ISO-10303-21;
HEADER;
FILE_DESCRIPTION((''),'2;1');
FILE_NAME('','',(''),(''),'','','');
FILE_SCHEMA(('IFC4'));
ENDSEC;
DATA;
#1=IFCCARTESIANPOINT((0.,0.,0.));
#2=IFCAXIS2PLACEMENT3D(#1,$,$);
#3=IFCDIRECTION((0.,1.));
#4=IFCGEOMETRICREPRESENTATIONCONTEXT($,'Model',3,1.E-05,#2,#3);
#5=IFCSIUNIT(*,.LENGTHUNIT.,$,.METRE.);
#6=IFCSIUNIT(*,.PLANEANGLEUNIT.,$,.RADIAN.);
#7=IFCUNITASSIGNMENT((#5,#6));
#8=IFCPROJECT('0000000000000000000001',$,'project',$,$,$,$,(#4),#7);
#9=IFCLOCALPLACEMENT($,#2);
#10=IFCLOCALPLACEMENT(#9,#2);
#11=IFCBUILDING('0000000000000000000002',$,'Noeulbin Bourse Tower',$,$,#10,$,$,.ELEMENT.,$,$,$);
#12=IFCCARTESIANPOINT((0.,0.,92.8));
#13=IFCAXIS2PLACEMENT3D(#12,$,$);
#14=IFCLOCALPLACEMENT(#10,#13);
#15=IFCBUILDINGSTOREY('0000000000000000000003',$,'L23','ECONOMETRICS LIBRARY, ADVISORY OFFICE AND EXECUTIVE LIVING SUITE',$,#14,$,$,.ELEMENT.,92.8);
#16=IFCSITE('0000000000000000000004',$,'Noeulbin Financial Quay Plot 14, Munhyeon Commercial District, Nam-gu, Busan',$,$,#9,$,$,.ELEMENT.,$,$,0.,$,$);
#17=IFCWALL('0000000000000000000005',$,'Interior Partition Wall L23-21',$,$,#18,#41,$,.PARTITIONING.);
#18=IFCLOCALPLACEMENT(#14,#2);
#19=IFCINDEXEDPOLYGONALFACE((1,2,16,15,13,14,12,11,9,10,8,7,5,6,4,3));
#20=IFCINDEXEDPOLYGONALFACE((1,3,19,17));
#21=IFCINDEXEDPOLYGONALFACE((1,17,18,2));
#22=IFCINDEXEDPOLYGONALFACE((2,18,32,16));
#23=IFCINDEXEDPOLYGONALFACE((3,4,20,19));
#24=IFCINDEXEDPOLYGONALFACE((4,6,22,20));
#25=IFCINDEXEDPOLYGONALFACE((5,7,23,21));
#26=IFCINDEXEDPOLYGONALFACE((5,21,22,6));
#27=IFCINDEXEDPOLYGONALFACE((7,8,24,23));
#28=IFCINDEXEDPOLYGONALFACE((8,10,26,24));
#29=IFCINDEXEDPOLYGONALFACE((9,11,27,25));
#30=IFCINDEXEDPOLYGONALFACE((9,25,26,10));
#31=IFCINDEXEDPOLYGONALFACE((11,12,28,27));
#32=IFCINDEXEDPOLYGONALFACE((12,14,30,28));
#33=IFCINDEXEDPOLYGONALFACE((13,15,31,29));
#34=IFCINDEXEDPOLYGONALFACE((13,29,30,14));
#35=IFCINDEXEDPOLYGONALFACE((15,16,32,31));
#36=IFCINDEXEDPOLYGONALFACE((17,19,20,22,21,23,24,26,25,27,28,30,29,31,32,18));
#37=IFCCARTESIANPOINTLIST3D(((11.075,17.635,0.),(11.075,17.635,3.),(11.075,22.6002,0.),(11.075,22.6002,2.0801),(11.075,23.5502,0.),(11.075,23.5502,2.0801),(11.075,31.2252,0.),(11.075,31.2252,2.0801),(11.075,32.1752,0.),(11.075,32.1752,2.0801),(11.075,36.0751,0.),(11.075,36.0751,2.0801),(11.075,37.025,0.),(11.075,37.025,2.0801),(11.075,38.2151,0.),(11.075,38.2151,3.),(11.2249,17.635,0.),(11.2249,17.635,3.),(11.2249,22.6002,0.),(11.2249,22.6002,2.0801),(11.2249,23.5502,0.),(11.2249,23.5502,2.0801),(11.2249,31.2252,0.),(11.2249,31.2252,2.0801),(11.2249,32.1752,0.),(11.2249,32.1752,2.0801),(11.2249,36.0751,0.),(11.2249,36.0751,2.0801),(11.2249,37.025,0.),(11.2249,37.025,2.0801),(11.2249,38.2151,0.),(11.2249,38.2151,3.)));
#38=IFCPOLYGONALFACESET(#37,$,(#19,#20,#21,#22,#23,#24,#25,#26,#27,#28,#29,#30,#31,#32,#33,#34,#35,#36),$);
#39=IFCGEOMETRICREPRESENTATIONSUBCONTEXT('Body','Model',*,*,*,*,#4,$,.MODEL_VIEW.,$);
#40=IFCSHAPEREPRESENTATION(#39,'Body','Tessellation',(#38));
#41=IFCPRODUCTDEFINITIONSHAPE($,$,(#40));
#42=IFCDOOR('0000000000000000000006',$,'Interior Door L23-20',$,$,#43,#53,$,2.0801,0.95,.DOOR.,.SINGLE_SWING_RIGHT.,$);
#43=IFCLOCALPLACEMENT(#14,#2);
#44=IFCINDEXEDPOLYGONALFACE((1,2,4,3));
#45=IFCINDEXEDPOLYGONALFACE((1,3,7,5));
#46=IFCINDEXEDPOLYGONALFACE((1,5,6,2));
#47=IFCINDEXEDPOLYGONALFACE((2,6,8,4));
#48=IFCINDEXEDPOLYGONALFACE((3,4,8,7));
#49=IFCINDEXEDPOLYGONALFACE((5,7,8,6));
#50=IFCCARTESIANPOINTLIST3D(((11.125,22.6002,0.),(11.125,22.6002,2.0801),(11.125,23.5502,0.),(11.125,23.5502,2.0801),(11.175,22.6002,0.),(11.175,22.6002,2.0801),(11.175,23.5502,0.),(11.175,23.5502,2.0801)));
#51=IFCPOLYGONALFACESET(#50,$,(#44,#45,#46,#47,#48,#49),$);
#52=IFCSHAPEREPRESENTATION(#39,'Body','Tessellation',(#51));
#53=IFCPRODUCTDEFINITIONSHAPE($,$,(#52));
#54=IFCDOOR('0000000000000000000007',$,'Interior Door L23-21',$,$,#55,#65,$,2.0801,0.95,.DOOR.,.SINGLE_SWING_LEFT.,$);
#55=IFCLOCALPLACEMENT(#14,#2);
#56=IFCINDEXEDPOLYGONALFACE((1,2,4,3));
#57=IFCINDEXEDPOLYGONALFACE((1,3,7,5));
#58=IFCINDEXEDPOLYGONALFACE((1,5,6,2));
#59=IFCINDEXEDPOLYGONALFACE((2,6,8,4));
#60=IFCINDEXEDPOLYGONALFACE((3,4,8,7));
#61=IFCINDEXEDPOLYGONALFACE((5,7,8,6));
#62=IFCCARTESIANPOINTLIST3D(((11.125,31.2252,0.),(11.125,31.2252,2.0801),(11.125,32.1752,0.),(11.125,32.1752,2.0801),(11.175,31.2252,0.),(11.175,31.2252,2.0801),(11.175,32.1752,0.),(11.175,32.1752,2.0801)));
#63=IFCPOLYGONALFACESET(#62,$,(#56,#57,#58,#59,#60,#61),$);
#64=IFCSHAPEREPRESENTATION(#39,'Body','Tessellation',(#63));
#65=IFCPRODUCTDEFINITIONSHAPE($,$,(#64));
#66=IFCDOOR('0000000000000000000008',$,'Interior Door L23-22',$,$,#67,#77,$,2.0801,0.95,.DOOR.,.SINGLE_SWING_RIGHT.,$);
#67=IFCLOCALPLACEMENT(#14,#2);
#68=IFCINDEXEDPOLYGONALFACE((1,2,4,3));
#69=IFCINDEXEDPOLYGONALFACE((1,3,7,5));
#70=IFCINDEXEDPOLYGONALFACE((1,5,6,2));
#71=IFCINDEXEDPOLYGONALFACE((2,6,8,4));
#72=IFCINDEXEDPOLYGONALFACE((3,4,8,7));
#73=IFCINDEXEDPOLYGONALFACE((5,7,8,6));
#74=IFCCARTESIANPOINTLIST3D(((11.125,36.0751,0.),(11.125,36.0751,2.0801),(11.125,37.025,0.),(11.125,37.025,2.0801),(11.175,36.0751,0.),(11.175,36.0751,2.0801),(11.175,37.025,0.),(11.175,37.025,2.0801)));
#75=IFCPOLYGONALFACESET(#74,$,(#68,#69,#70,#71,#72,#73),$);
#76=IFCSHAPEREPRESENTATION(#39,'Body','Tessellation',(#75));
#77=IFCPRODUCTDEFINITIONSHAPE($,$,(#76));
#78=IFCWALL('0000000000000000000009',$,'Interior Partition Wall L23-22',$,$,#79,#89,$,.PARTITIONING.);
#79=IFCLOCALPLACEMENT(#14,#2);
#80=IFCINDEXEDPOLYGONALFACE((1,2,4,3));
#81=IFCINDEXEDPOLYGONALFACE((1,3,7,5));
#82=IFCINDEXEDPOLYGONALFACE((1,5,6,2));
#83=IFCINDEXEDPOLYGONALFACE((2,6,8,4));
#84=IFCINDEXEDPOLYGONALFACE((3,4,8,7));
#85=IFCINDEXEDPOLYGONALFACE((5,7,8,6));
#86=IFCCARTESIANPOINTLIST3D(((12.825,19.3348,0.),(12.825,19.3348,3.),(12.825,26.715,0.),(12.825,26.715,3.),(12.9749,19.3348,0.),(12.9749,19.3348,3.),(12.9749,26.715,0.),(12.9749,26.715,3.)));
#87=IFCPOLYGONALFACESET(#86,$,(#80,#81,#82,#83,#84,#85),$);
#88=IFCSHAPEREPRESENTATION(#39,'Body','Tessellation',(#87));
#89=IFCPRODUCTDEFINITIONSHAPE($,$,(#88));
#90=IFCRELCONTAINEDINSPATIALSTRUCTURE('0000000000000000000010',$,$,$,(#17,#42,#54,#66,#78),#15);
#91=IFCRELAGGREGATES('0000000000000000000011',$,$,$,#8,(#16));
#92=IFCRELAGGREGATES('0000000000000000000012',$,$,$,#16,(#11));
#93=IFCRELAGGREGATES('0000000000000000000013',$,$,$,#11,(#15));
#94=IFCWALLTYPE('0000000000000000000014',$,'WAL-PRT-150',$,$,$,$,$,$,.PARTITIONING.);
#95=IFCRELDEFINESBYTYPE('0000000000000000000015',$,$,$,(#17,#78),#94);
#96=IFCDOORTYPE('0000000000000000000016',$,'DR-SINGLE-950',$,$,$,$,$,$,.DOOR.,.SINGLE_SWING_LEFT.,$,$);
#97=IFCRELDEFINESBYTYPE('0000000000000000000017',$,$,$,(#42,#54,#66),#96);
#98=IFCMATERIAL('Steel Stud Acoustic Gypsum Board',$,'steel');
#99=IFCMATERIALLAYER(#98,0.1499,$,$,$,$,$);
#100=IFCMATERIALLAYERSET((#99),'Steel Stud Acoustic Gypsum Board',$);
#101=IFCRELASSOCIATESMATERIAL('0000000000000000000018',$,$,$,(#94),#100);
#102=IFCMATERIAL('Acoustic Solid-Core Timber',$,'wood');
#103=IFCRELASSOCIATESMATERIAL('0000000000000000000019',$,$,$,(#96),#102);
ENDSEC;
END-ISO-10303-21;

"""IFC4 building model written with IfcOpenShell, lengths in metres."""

from ifc_helpers import new_model, si_unit, direction, frame, frame_2d, origin, place, context, subcontext, project, spatial, rectangle, extrude, material, layer, layer_set, type_object, element, fill, save


model = new_model("IFC4")

# Units and contexts
model_context = context("Model", 3, precision=1e-05, world=origin(), true_north=direction((0.0, 1.0)))
body_context = subcontext(model_context, "Body", "Model", "MODEL_VIEW")
ifc_project = project(units=[si_unit("LENGTHUNIT", "METRE"), si_unit("PLANEANGLEUNIT", "RADIAN")], contexts=[model_context])

# Site, building, storey
site_placement = place(None, origin())
site = spatial("IfcSite", under=ifc_project, at=site_placement, Name="Noeulbin Financial Quay Plot 14, Munhyeon Commercial District, Nam-gu, Busan", CompositionType="ELEMENT", RefElevation=0.0)
building_placement = place(site_placement, origin())
building = spatial("IfcBuilding", under=site, at=building_placement, Name="Noeulbin Bourse Tower", CompositionType="ELEMENT")
storey_placement = place(building_placement, frame((0.0, 0.0, 92.8)))
storey = spatial("IfcBuildingStorey", under=building, at=storey_placement, Name="L23", Description="ECONOMETRICS LIBRARY, ADVISORY OFFICE AND EXECUTIVE LIVING SUITE", CompositionType="ELEMENT", Elevation=92.8)

# Shared definitions
ifc_material_1 = material(Name="Steel Stud Acoustic Gypsum Board", Category="steel")
ifc_layer_1 = layer(ifc_material_1, 0.1499)
ifc_layer_set_1 = layer_set([ifc_layer_1], Name="Steel Stud Acoustic Gypsum Board")
wall_type = type_object("IfcWallType", Name="WAL-PRT-150", PredefinedType="PARTITIONING", material=ifc_layer_set_1)
ifc_material_2 = material(Name="Acoustic Solid-Core Timber", Category="wood")
door_type = type_object("IfcDoorType", Name="DR-SINGLE-950", OperationType="SINGLE_SWING_LEFT", PredefinedType="DOOR", material=ifc_material_2)

# Wall, openings, doors
wall_1_placement = place(storey_placement, frame((11.1499, 17.635, 0.0), z_axis=(0.0, 0.0, 1.0), x_axis=(0.0, 1.0, 0.0)))
wall_1 = element("IfcWall", 1, at=wall_1_placement, inside=storey, type_object=wall_type, Name="Interior Partition Wall L23-21", PredefinedType="PARTITIONING", context=body_context, shape_type="SweptSolid", body=[
    extrude(rectangle(XDim=20.5801, YDim=0.1499, at=frame_2d((10.29, 0.0))), origin(), (0.0, 0.0, 1.0), 3.0),
])
opening_1_placement = place(wall_1_placement, frame((4.9651, 0.0, 0.0)))
opening_1 = element("IfcOpeningElement", 2, at=opening_1_placement, cuts=wall_1, PredefinedType="OPENING", context=body_context, shape_type="SweptSolid", body=[
    extrude(rectangle(XDim=0.95, YDim=2.0801, at=frame_2d((0.4751, 1.04))), frame((0.0, 0.085, 0.0), z_axis=(0.0, -1.0, 0.0), x_axis=(1.0, 0.0, 0.0)), (0.0, 0.0, 1.0), 0.1699),
])
opening_2_placement = place(wall_1_placement, frame((13.5901, 0.0, 0.0)))
opening_2 = element("IfcOpeningElement", 3, at=opening_2_placement, cuts=wall_1, PredefinedType="OPENING", context=body_context, shape_type="SweptSolid", body=[
    extrude(rectangle(XDim=0.95, YDim=2.0801, at=frame_2d((0.4751, 1.04))), frame((0.0, 0.085, 0.0), z_axis=(0.0, -1.0, 0.0), x_axis=(1.0, 0.0, 0.0)), (0.0, 0.0, 1.0), 0.1699),
])
opening_3_placement = place(wall_1_placement, frame((18.4399, 0.0, 0.0)))
opening_3 = element("IfcOpeningElement", 4, at=opening_3_placement, cuts=wall_1, PredefinedType="OPENING", context=body_context, shape_type="SweptSolid", body=[
    extrude(rectangle(XDim=0.95, YDim=2.0801, at=frame_2d((0.4751, 1.04))), frame((0.0, 0.085, 0.0), z_axis=(0.0, -1.0, 0.0), x_axis=(1.0, 0.0, 0.0)), (0.0, 0.0, 1.0), 0.1699),
])
door_1_placement = place(opening_1_placement, origin())
door_1 = element("IfcDoor", 5, at=door_1_placement, inside=storey, type_object=door_type, Name="Interior Door L23-20", OperationType="SINGLE_SWING_RIGHT", OverallHeight=2.0801, OverallWidth=0.95, PredefinedType="DOOR", context=body_context, shape_type="SweptSolid", body=[
    extrude(rectangle(XDim=0.95, YDim=2.0801, at=frame_2d((0.4751, 1.04))), frame((0.0, 0.0249, 0.0), z_axis=(0.0, -1.0, 0.0), x_axis=(1.0, 0.0, 0.0)), (0.0, 0.0, 1.0), 0.05),
])
fill(opening_1, door_1)
door_2_placement = place(opening_2_placement, origin())
door_2 = element("IfcDoor", 6, at=door_2_placement, inside=storey, type_object=door_type, Name="Interior Door L23-21", OperationType="SINGLE_SWING_LEFT", OverallHeight=2.0801, OverallWidth=0.95, PredefinedType="DOOR", context=body_context, shape_type="SweptSolid", body=[
    extrude(rectangle(XDim=0.95, YDim=2.0801, at=frame_2d((0.4751, 1.04))), frame((0.0, 0.0249, 0.0), z_axis=(0.0, -1.0, 0.0), x_axis=(1.0, 0.0, 0.0)), (0.0, 0.0, 1.0), 0.05),
])
fill(opening_2, door_2)
door_3_placement = place(opening_3_placement, origin())
door_3 = element("IfcDoor", 7, at=door_3_placement, inside=storey, type_object=door_type, Name="Interior Door L23-22", OperationType="SINGLE_SWING_RIGHT", OverallHeight=2.0801, OverallWidth=0.95, PredefinedType="DOOR", context=body_context, shape_type="SweptSolid", body=[
    extrude(rectangle(XDim=0.95, YDim=2.0801, at=frame_2d((0.4751, 1.04))), frame((0.0, 0.0249, 0.0), z_axis=(0.0, -1.0, 0.0), x_axis=(1.0, 0.0, 0.0)), (0.0, 0.0, 1.0), 0.05),
])
fill(opening_3, door_3)

# Wall
wall_2_placement = place(storey_placement, frame((12.8999, 19.335, 0.0), z_axis=(0.0, 0.0, 1.0), x_axis=(0.0, 1.0, 0.0)))
element("IfcWall", 8, at=wall_2_placement, inside=storey, type_object=wall_type, Name="Interior Partition Wall L23-22", PredefinedType="PARTITIONING", context=body_context, shape_type="SweptSolid", body=[
    extrude(rectangle(XDim=7.3801, YDim=0.1499, at=frame_2d((3.6899, 0.0))), origin(), (0.0, 0.0, 1.0), 3.0),
])

save(model, "model.ifc")
